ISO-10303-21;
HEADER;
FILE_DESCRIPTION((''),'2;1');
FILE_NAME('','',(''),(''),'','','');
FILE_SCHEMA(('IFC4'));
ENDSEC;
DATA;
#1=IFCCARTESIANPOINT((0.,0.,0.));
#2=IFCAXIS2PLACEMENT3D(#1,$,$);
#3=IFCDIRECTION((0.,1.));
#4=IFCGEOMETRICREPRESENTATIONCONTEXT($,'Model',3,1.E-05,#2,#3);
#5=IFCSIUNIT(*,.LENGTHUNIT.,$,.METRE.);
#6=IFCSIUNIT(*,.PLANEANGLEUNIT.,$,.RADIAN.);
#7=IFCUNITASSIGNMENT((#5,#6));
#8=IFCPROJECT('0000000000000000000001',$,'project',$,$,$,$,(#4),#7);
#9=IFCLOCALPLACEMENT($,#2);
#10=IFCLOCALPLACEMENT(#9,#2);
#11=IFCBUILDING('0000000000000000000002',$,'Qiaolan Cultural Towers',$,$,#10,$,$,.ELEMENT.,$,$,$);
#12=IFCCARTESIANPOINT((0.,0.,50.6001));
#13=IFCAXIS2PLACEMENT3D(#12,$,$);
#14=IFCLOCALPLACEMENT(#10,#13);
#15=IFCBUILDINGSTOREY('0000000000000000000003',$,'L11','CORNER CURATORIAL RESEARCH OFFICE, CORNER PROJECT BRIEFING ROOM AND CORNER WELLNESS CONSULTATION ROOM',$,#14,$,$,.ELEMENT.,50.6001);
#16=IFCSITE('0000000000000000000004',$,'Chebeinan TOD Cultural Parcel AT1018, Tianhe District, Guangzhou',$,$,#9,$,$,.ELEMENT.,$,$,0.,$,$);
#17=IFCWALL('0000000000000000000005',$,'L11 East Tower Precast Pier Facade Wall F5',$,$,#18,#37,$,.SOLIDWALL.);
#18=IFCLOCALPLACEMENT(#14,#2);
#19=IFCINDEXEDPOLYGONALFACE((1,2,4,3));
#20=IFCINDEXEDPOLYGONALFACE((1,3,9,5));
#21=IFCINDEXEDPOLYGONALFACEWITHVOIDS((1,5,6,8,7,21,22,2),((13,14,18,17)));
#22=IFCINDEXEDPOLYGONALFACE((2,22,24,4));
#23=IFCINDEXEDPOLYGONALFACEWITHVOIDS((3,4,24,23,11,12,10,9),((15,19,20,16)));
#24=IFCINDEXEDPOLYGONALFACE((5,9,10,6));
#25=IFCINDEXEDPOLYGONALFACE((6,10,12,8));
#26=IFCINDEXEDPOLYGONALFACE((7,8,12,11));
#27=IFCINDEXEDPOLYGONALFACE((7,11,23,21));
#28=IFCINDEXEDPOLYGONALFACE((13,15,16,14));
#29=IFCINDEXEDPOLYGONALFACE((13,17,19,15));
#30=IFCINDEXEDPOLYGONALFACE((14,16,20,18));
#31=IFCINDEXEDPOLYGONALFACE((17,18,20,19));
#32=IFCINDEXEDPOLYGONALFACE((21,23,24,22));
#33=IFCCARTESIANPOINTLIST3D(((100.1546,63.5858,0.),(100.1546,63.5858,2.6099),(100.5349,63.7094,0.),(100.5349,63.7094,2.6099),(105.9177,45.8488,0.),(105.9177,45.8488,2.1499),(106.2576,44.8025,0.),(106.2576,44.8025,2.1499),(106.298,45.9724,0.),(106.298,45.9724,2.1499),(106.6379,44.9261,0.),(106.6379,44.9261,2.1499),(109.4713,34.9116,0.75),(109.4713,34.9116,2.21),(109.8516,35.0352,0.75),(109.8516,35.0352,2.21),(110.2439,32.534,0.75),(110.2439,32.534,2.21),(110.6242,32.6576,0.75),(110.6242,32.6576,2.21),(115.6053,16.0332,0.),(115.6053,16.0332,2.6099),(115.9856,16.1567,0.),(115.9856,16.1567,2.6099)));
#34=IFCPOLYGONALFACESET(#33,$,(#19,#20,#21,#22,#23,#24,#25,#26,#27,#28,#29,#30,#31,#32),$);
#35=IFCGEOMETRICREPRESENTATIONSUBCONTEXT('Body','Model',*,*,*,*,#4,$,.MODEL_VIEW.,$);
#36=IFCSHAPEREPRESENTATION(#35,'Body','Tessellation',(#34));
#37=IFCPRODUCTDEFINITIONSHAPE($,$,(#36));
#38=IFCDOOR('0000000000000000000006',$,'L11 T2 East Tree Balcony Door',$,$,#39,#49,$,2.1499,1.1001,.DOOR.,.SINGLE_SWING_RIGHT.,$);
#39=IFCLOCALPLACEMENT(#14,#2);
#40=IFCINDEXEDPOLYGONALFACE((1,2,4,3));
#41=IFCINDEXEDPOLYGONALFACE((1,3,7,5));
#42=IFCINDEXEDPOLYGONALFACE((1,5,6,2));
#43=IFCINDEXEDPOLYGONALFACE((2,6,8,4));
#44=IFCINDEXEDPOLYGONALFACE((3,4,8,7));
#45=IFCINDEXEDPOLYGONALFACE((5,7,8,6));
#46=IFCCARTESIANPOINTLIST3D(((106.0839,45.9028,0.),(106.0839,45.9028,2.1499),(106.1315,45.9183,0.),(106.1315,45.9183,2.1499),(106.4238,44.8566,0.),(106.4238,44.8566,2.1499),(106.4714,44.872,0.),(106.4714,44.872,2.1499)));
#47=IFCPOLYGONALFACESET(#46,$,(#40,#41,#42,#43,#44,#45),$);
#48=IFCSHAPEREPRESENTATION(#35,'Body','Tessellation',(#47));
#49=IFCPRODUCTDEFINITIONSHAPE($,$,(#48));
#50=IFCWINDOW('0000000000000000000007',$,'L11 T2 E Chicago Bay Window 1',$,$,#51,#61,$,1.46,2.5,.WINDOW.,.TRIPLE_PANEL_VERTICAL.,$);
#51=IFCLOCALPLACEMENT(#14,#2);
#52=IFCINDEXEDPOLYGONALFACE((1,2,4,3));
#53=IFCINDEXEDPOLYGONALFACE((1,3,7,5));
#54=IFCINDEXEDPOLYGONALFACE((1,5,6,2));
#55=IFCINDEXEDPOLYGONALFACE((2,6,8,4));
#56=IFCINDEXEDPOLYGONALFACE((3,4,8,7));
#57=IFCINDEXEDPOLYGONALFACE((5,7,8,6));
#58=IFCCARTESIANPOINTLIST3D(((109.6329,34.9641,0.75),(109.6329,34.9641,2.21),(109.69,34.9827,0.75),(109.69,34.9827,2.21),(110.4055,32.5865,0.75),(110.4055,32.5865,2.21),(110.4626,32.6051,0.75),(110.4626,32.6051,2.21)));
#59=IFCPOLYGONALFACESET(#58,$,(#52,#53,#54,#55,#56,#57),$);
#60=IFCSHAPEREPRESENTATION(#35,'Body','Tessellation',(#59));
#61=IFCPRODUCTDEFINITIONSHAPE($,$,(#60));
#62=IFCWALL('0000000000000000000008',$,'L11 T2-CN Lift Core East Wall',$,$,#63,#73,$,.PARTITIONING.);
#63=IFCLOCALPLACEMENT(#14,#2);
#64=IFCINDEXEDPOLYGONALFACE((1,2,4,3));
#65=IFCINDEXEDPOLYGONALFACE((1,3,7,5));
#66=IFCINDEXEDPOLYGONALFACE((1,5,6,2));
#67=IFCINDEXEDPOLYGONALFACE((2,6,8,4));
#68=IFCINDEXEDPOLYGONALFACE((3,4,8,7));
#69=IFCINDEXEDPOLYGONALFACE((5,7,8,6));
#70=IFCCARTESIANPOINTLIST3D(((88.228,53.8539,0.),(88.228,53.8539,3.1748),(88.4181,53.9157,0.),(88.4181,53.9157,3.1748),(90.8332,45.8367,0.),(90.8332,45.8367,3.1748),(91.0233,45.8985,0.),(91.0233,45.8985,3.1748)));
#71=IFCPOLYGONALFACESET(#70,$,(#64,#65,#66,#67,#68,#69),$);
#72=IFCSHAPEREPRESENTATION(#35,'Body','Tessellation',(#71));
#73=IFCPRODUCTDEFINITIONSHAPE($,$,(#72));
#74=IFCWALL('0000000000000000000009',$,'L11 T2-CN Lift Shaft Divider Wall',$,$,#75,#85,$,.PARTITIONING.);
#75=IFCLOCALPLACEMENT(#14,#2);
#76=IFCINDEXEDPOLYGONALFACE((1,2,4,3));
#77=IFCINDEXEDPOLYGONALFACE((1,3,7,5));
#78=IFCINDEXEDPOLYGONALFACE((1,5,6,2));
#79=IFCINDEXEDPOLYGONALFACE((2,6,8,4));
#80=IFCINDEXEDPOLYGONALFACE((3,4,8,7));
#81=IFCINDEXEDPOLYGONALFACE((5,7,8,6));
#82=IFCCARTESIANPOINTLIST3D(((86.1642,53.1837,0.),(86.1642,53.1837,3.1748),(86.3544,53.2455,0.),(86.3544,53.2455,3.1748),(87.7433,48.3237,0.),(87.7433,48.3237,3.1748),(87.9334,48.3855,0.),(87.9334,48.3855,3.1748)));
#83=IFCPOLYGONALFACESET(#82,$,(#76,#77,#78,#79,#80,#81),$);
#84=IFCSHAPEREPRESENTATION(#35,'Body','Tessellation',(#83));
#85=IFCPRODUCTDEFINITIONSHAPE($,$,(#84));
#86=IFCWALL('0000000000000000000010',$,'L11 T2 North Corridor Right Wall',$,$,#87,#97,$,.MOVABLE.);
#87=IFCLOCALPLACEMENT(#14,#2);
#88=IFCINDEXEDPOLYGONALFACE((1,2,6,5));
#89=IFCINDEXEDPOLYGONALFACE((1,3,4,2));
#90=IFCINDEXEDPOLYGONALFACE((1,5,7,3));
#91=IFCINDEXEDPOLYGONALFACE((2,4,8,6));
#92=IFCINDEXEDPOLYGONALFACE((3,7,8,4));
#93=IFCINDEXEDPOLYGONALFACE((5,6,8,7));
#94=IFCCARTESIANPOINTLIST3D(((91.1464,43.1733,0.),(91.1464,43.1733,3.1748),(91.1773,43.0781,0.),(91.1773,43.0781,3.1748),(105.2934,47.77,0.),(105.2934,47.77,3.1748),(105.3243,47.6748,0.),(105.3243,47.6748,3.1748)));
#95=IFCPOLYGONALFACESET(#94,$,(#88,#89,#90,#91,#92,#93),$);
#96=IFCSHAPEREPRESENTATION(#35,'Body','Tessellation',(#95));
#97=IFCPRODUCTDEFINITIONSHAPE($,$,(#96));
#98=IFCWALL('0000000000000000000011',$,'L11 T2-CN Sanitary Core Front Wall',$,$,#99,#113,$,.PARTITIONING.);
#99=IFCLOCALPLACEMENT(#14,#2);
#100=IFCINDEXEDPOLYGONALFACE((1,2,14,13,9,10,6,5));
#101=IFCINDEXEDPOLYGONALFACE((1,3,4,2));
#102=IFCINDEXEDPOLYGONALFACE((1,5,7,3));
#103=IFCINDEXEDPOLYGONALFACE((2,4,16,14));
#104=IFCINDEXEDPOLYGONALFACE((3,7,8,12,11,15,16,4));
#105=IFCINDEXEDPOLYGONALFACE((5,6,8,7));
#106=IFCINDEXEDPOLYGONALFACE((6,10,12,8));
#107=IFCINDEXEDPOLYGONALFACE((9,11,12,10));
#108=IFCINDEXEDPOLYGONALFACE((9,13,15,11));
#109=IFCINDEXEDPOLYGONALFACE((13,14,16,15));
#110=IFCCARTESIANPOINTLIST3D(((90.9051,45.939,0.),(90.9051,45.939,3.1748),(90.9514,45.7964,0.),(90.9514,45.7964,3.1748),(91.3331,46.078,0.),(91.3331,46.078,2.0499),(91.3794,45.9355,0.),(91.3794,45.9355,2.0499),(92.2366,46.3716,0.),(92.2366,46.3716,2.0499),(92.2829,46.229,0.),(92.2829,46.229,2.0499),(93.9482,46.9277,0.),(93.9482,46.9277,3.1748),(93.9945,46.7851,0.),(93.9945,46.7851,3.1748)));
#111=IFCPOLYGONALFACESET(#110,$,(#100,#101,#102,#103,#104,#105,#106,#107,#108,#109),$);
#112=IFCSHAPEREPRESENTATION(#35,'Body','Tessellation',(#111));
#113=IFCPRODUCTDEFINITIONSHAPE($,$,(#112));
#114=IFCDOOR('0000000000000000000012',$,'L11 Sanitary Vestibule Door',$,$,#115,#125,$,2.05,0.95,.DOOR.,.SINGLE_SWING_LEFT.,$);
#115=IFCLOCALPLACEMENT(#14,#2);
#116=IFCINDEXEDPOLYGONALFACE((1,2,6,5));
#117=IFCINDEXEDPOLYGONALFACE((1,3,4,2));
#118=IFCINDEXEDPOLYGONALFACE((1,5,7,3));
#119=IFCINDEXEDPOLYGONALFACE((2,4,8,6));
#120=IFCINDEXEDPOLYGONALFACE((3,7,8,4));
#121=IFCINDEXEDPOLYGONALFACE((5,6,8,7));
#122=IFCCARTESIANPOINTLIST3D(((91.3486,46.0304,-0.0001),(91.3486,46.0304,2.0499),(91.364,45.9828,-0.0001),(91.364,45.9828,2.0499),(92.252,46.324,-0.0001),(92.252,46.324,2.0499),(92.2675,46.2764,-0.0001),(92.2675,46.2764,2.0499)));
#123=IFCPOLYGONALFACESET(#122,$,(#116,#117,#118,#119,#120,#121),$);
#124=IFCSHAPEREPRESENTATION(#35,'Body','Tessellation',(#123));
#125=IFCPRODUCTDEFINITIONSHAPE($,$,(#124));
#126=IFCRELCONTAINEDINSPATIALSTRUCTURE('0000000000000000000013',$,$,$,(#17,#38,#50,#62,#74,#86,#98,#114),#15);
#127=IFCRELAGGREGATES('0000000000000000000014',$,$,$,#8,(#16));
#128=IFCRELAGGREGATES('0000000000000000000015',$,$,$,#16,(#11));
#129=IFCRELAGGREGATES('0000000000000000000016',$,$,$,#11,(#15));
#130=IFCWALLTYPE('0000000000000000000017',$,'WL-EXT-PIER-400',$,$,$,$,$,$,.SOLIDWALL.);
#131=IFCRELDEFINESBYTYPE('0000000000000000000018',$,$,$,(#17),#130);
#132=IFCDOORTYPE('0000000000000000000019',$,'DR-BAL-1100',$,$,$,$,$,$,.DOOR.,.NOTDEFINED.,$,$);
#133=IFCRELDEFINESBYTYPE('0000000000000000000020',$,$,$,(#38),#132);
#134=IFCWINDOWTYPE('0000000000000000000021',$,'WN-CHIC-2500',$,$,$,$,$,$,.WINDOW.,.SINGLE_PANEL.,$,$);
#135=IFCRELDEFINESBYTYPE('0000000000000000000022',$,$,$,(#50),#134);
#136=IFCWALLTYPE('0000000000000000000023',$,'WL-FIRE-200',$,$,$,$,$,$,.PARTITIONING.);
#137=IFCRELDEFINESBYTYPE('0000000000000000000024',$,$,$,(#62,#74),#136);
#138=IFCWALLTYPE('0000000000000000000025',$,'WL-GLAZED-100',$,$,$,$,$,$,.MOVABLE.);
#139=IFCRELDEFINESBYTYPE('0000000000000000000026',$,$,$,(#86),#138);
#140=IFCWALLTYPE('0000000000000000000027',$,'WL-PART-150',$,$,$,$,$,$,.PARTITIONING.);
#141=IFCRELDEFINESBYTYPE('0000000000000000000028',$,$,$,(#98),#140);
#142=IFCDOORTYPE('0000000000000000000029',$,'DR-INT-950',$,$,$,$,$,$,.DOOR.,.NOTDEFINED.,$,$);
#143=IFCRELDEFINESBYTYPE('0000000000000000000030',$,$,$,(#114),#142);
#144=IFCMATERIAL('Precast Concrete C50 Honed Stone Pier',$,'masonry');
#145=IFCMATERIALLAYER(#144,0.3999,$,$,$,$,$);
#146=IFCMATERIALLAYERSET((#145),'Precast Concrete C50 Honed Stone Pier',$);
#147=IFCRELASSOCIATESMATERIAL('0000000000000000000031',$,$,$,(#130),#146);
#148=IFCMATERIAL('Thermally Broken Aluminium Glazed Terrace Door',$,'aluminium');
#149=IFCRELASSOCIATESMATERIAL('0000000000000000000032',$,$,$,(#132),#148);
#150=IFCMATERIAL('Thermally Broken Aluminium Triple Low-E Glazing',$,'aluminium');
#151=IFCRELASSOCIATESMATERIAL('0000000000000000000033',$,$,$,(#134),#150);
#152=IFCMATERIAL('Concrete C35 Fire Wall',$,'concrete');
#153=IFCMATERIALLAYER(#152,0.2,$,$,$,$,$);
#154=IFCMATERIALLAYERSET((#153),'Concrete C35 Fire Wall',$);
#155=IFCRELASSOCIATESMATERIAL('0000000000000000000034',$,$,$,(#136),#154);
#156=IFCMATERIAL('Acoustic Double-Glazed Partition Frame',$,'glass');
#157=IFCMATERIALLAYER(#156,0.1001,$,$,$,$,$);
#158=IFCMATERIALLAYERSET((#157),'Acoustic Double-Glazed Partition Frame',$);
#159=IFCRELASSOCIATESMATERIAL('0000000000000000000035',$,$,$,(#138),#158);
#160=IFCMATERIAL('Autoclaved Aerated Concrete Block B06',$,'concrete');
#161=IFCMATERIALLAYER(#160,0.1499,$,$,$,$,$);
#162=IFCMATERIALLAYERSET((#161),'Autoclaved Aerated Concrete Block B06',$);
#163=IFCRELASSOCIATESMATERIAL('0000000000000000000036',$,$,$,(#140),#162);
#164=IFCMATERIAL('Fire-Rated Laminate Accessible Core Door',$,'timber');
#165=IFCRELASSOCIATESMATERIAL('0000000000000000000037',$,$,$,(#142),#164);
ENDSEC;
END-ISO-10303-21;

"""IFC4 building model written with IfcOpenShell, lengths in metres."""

from ifc_helpers import new_model, si_unit, direction, frame, frame_2d, origin, place, context, subcontext, project, spatial, rectangle, extrude, material, layer, layer_set, type_object, element, fill, save


model = new_model("IFC4")

# Units and contexts
model_context = context("Model", 3, precision=1e-05, world=origin(), true_north=direction((0.0, 1.0)))
body_context = subcontext(model_context, "Body", "Model", "MODEL_VIEW")
ifc_project = project(units=[si_unit("LENGTHUNIT", "METRE"), si_unit("PLANEANGLEUNIT", "RADIAN")], contexts=[model_context])

# Site, building, storey
site_placement = place(None, origin())
site = spatial("IfcSite", under=ifc_project, at=site_placement, Name="Chebeinan TOD Cultural Parcel AT1018, Tianhe District, Guangzhou", CompositionType="ELEMENT", RefElevation=0.0)
building_placement = place(site_placement, origin())
building = spatial("IfcBuilding", under=site, at=building_placement, Name="Qiaolan Cultural Towers", CompositionType="ELEMENT")
storey_placement = place(building_placement, frame((0.0, 0.0, 50.6001)))
storey = spatial("IfcBuildingStorey", under=building, at=storey_placement, Name="L11", Description="CORNER CURATORIAL RESEARCH OFFICE, CORNER PROJECT BRIEFING ROOM AND CORNER WELLNESS CONSULTATION ROOM", CompositionType="ELEMENT", Elevation=50.6001)

# Shared definitions
ifc_material_1 = material(Name="Precast Concrete C50 Honed Stone Pier", Category="masonry")
ifc_layer_1 = layer(ifc_material_1, 0.3999)
ifc_layer_set_1 = layer_set([ifc_layer_1], Name="Precast Concrete C50 Honed Stone Pier")
wall_type_1 = type_object("IfcWallType", Name="WL-EXT-PIER-400", PredefinedType="SOLIDWALL", material=ifc_layer_set_1)

# Wall, openings, door, window
wall_1_placement = place(storey_placement, frame((100.3447, 63.6477, 0.0), z_axis=(0.0, 0.0, 1.0), x_axis=(0.309015, -0.951057, 0.0)))
wall_1 = element("IfcWall", 1, at=wall_1_placement, inside=storey, type_object=wall_type_1, Name="L11 East Tower Precast Pier Facade Wall F5", PredefinedType="SOLIDWALL", context=body_context, shape_type="SweptSolid", body=[
    extrude(rectangle(XDim=49.9998, YDim=0.3999, at=frame_2d((25.0, 0.0))), origin(), (0.0, 0.0, 1.0), 2.6099),
])
opening_1_placement = place(wall_1_placement, frame((30.1499, 0.0, 0.75)))
opening_1 = element("IfcOpeningElement", 2, at=opening_1_placement, cuts=wall_1, PredefinedType="OPENING", context=body_context, shape_type="SweptSolid", body=[
    extrude(rectangle(XDim=2.5, YDim=1.46, at=frame_2d((1.25, 0.73))), frame((0.0, 0.21, 0.0), z_axis=(0.0, -1.0, 0.0), x_axis=(1.0, 0.0, 0.0)), (0.0, 0.0, 1.0), 0.4199),
])
opening_2_placement = place(wall_1_placement, frame((18.6499, 0.0, 0.0)))
opening_2 = element("IfcOpeningElement", 3, at=opening_2_placement, cuts=wall_1, PredefinedType="OPENING", context=body_context, shape_type="SweptSolid", body=[
    extrude(rectangle(XDim=1.1001, YDim=2.1499, at=frame_2d((0.55, 1.075))), frame((0.0, 0.21, 0.0), z_axis=(0.0, -1.0, 0.0), x_axis=(1.0, 0.0, 0.0)), (0.0, 0.0, 1.0), 0.4199),
])
ifc_material_2 = material(Name="Thermally Broken Aluminium Glazed Terrace Door", Category="aluminium")
door_type_1 = type_object("IfcDoorType", Name="DR-BAL-1100", OperationType="NOTDEFINED", PredefinedType="DOOR", material=ifc_material_2)
door_1_placement = place(opening_2_placement, origin())
door_1 = element("IfcDoor", 4, at=door_1_placement, inside=storey, type_object=door_type_1, Name="L11 T2 East Tree Balcony Door", OperationType="SINGLE_SWING_RIGHT", OverallHeight=2.1499, OverallWidth=1.1001, PredefinedType="DOOR", context=body_context, shape_type="SweptSolid", body=[
    extrude(rectangle(XDim=1.1001, YDim=2.1499, at=frame_2d((0.55, 1.075))), frame((0.0, 0.0249, 0.0), z_axis=(0.0, -1.0, 0.0), x_axis=(1.0, 0.0, 0.0)), (0.0, 0.0, 1.0), 0.05),
])
fill(opening_2, door_1)
ifc_material_3 = material(Name="Thermally Broken Aluminium Triple Low-E Glazing", Category="aluminium")
window_type = type_object("IfcWindowType", Name="WN-CHIC-2500", PartitioningType="SINGLE_PANEL", PredefinedType="WINDOW", material=ifc_material_3)
window_placement = place(opening_1_placement, origin())
window = element("IfcWindow", 5, at=window_placement, inside=storey, type_object=window_type, Name="L11 T2 E Chicago Bay Window 1", OverallHeight=1.46, OverallWidth=2.5, PartitioningType="TRIPLE_PANEL_VERTICAL", PredefinedType="WINDOW", context=body_context, shape_type="SweptSolid", body=[
    extrude(rectangle(XDim=2.5, YDim=1.46, at=frame_2d((1.25, 0.73))), frame((0.0, 0.03, 0.0), z_axis=(0.0, -1.0, 0.0), x_axis=(1.0, 0.0, 0.0)), (0.0, 0.0, 1.0), 0.0601),
])
fill(opening_1, window)

# Walls
ifc_material_4 = material(Name="Concrete C35 Fire Wall", Category="concrete")
ifc_layer_2 = layer(ifc_material_4, 0.2)
ifc_layer_set_2 = layer_set([ifc_layer_2], Name="Concrete C35 Fire Wall")
wall_type_2 = type_object("IfcWallType", Name="WL-FIRE-200", PredefinedType="PARTITIONING", material=ifc_layer_set_2)
wall_2_placement = place(storey_placement, frame((90.9282, 45.8677, 0.0), z_axis=(0.0, 0.0, 1.0), x_axis=(-0.309042, 0.951048, 0.0)))
element("IfcWall", 6, at=wall_2_placement, inside=storey, type_object=wall_type_2, Name="L11 T2-CN Lift Core East Wall", PredefinedType="PARTITIONING", context=body_context, shape_type="SweptSolid", body=[
    extrude(rectangle(XDim=8.4299, YDim=0.2, at=frame_2d((4.2148, 0.0))), origin(), (0.0, 0.0, 1.0), 3.1748),
])
wall_3_placement = place(storey_placement, frame((87.8384, 48.3545, 0.0), z_axis=(0.0, 0.0, 1.0), x_axis=(-0.309009, 0.951059, 0.0)))
element("IfcWall", 7, at=wall_3_placement, inside=storey, type_object=wall_type_2, Name="L11 T2-CN Lift Shaft Divider Wall", PredefinedType="PARTITIONING", context=body_context, shape_type="SweptSolid", body=[
    extrude(rectangle(XDim=5.1101, YDim=0.2, at=frame_2d((2.5552, 0.0))), origin(), (0.0, 0.0, 1.0), 3.1748),
])
ifc_material_5 = material(Name="Acoustic Double-Glazed Partition Frame", Category="glass")
ifc_layer_3 = layer(ifc_material_5, 0.1001)
ifc_layer_set_3 = layer_set([ifc_layer_3], Name="Acoustic Double-Glazed Partition Frame")
wall_type_3 = type_object("IfcWallType", Name="WL-GLAZED-100", PredefinedType="MOVABLE", material=ifc_layer_set_3)
wall_4_placement = place(storey_placement, frame((91.1619, 43.1257, 0.0), z_axis=(0.0, 0.0, 1.0), x_axis=(0.951056, 0.30902, 0.0)))
element("IfcWall", 8, at=wall_4_placement, inside=storey, type_object=wall_type_3, Name="L11 T2 North Corridor Right Wall", PredefinedType="MOVABLE", context=body_context, shape_type="SweptSolid", body=[
    extrude(rectangle(XDim=14.875, YDim=0.1001, at=frame_2d((7.4375, 0.0))), origin(), (0.0, 0.0, 1.0), 3.1748),
])

# Wall, opening, door
ifc_material_6 = material(Name="Autoclaved Aerated Concrete Block B06", Category="concrete")
ifc_layer_4 = layer(ifc_material_6, 0.1499)
ifc_layer_set_4 = layer_set([ifc_layer_4], Name="Autoclaved Aerated Concrete Block B06")
wall_type_4 = type_object("IfcWallType", Name="WL-PART-150", PredefinedType="PARTITIONING", material=ifc_layer_set_4)
wall_5_placement = place(storey_placement, frame((90.9282, 45.8677, 0.0), z_axis=(0.0, 0.0, 1.0), x_axis=(0.951059, 0.309008, 0.0)))
wall_5 = element("IfcWall", 9, at=wall_5_placement, inside=storey, type_object=wall_type_4, Name="L11 T2-CN Sanitary Core Front Wall", PredefinedType="PARTITIONING", context=body_context, shape_type="SweptSolid", body=[
    extrude(rectangle(XDim=3.1997, YDim=0.1499, at=frame_2d((1.5999, 0.0))), origin(), (0.0, 0.0, 1.0), 3.1748),
])
opening_3_placement = place(wall_5_placement, frame((0.45, 0.0, 0.0)))
opening_3 = element("IfcOpeningElement", 10, at=opening_3_placement, cuts=wall_5, PredefinedType="OPENING", context=body_context, shape_type="SweptSolid", body=[
    extrude(rectangle(XDim=0.95, YDim=2.05, at=frame_2d((0.4751, 1.0249))), frame((0.0, 0.085, 0.0), z_axis=(0.0, -1.0, 0.0), x_axis=(1.0, 0.0, 0.0)), (0.0, 0.0, 1.0), 0.1699),
])
ifc_material_7 = material(Name="Fire-Rated Laminate Accessible Core Door", Category="timber")
door_type_2 = type_object("IfcDoorType", Name="DR-INT-950", OperationType="NOTDEFINED", PredefinedType="DOOR", material=ifc_material_7)
door_2_placement = place(opening_3_placement, origin())
door_2 = element("IfcDoor", 11, at=door_2_placement, inside=storey, type_object=door_type_2, Name="L11 Sanitary Vestibule Door", OperationType="SINGLE_SWING_LEFT", OverallHeight=2.05, OverallWidth=0.95, PredefinedType="DOOR", context=body_context, shape_type="SweptSolid", body=[
    extrude(rectangle(XDim=0.95, YDim=2.05, at=frame_2d((0.4751, 1.0249))), frame((0.0, 0.0249, 0.0), z_axis=(0.0, -1.0, 0.0), x_axis=(1.0, 0.0, 0.0)), (0.0, 0.0, 1.0), 0.05),
])
fill(opening_3, door_2)

save(model, "model.ifc")
